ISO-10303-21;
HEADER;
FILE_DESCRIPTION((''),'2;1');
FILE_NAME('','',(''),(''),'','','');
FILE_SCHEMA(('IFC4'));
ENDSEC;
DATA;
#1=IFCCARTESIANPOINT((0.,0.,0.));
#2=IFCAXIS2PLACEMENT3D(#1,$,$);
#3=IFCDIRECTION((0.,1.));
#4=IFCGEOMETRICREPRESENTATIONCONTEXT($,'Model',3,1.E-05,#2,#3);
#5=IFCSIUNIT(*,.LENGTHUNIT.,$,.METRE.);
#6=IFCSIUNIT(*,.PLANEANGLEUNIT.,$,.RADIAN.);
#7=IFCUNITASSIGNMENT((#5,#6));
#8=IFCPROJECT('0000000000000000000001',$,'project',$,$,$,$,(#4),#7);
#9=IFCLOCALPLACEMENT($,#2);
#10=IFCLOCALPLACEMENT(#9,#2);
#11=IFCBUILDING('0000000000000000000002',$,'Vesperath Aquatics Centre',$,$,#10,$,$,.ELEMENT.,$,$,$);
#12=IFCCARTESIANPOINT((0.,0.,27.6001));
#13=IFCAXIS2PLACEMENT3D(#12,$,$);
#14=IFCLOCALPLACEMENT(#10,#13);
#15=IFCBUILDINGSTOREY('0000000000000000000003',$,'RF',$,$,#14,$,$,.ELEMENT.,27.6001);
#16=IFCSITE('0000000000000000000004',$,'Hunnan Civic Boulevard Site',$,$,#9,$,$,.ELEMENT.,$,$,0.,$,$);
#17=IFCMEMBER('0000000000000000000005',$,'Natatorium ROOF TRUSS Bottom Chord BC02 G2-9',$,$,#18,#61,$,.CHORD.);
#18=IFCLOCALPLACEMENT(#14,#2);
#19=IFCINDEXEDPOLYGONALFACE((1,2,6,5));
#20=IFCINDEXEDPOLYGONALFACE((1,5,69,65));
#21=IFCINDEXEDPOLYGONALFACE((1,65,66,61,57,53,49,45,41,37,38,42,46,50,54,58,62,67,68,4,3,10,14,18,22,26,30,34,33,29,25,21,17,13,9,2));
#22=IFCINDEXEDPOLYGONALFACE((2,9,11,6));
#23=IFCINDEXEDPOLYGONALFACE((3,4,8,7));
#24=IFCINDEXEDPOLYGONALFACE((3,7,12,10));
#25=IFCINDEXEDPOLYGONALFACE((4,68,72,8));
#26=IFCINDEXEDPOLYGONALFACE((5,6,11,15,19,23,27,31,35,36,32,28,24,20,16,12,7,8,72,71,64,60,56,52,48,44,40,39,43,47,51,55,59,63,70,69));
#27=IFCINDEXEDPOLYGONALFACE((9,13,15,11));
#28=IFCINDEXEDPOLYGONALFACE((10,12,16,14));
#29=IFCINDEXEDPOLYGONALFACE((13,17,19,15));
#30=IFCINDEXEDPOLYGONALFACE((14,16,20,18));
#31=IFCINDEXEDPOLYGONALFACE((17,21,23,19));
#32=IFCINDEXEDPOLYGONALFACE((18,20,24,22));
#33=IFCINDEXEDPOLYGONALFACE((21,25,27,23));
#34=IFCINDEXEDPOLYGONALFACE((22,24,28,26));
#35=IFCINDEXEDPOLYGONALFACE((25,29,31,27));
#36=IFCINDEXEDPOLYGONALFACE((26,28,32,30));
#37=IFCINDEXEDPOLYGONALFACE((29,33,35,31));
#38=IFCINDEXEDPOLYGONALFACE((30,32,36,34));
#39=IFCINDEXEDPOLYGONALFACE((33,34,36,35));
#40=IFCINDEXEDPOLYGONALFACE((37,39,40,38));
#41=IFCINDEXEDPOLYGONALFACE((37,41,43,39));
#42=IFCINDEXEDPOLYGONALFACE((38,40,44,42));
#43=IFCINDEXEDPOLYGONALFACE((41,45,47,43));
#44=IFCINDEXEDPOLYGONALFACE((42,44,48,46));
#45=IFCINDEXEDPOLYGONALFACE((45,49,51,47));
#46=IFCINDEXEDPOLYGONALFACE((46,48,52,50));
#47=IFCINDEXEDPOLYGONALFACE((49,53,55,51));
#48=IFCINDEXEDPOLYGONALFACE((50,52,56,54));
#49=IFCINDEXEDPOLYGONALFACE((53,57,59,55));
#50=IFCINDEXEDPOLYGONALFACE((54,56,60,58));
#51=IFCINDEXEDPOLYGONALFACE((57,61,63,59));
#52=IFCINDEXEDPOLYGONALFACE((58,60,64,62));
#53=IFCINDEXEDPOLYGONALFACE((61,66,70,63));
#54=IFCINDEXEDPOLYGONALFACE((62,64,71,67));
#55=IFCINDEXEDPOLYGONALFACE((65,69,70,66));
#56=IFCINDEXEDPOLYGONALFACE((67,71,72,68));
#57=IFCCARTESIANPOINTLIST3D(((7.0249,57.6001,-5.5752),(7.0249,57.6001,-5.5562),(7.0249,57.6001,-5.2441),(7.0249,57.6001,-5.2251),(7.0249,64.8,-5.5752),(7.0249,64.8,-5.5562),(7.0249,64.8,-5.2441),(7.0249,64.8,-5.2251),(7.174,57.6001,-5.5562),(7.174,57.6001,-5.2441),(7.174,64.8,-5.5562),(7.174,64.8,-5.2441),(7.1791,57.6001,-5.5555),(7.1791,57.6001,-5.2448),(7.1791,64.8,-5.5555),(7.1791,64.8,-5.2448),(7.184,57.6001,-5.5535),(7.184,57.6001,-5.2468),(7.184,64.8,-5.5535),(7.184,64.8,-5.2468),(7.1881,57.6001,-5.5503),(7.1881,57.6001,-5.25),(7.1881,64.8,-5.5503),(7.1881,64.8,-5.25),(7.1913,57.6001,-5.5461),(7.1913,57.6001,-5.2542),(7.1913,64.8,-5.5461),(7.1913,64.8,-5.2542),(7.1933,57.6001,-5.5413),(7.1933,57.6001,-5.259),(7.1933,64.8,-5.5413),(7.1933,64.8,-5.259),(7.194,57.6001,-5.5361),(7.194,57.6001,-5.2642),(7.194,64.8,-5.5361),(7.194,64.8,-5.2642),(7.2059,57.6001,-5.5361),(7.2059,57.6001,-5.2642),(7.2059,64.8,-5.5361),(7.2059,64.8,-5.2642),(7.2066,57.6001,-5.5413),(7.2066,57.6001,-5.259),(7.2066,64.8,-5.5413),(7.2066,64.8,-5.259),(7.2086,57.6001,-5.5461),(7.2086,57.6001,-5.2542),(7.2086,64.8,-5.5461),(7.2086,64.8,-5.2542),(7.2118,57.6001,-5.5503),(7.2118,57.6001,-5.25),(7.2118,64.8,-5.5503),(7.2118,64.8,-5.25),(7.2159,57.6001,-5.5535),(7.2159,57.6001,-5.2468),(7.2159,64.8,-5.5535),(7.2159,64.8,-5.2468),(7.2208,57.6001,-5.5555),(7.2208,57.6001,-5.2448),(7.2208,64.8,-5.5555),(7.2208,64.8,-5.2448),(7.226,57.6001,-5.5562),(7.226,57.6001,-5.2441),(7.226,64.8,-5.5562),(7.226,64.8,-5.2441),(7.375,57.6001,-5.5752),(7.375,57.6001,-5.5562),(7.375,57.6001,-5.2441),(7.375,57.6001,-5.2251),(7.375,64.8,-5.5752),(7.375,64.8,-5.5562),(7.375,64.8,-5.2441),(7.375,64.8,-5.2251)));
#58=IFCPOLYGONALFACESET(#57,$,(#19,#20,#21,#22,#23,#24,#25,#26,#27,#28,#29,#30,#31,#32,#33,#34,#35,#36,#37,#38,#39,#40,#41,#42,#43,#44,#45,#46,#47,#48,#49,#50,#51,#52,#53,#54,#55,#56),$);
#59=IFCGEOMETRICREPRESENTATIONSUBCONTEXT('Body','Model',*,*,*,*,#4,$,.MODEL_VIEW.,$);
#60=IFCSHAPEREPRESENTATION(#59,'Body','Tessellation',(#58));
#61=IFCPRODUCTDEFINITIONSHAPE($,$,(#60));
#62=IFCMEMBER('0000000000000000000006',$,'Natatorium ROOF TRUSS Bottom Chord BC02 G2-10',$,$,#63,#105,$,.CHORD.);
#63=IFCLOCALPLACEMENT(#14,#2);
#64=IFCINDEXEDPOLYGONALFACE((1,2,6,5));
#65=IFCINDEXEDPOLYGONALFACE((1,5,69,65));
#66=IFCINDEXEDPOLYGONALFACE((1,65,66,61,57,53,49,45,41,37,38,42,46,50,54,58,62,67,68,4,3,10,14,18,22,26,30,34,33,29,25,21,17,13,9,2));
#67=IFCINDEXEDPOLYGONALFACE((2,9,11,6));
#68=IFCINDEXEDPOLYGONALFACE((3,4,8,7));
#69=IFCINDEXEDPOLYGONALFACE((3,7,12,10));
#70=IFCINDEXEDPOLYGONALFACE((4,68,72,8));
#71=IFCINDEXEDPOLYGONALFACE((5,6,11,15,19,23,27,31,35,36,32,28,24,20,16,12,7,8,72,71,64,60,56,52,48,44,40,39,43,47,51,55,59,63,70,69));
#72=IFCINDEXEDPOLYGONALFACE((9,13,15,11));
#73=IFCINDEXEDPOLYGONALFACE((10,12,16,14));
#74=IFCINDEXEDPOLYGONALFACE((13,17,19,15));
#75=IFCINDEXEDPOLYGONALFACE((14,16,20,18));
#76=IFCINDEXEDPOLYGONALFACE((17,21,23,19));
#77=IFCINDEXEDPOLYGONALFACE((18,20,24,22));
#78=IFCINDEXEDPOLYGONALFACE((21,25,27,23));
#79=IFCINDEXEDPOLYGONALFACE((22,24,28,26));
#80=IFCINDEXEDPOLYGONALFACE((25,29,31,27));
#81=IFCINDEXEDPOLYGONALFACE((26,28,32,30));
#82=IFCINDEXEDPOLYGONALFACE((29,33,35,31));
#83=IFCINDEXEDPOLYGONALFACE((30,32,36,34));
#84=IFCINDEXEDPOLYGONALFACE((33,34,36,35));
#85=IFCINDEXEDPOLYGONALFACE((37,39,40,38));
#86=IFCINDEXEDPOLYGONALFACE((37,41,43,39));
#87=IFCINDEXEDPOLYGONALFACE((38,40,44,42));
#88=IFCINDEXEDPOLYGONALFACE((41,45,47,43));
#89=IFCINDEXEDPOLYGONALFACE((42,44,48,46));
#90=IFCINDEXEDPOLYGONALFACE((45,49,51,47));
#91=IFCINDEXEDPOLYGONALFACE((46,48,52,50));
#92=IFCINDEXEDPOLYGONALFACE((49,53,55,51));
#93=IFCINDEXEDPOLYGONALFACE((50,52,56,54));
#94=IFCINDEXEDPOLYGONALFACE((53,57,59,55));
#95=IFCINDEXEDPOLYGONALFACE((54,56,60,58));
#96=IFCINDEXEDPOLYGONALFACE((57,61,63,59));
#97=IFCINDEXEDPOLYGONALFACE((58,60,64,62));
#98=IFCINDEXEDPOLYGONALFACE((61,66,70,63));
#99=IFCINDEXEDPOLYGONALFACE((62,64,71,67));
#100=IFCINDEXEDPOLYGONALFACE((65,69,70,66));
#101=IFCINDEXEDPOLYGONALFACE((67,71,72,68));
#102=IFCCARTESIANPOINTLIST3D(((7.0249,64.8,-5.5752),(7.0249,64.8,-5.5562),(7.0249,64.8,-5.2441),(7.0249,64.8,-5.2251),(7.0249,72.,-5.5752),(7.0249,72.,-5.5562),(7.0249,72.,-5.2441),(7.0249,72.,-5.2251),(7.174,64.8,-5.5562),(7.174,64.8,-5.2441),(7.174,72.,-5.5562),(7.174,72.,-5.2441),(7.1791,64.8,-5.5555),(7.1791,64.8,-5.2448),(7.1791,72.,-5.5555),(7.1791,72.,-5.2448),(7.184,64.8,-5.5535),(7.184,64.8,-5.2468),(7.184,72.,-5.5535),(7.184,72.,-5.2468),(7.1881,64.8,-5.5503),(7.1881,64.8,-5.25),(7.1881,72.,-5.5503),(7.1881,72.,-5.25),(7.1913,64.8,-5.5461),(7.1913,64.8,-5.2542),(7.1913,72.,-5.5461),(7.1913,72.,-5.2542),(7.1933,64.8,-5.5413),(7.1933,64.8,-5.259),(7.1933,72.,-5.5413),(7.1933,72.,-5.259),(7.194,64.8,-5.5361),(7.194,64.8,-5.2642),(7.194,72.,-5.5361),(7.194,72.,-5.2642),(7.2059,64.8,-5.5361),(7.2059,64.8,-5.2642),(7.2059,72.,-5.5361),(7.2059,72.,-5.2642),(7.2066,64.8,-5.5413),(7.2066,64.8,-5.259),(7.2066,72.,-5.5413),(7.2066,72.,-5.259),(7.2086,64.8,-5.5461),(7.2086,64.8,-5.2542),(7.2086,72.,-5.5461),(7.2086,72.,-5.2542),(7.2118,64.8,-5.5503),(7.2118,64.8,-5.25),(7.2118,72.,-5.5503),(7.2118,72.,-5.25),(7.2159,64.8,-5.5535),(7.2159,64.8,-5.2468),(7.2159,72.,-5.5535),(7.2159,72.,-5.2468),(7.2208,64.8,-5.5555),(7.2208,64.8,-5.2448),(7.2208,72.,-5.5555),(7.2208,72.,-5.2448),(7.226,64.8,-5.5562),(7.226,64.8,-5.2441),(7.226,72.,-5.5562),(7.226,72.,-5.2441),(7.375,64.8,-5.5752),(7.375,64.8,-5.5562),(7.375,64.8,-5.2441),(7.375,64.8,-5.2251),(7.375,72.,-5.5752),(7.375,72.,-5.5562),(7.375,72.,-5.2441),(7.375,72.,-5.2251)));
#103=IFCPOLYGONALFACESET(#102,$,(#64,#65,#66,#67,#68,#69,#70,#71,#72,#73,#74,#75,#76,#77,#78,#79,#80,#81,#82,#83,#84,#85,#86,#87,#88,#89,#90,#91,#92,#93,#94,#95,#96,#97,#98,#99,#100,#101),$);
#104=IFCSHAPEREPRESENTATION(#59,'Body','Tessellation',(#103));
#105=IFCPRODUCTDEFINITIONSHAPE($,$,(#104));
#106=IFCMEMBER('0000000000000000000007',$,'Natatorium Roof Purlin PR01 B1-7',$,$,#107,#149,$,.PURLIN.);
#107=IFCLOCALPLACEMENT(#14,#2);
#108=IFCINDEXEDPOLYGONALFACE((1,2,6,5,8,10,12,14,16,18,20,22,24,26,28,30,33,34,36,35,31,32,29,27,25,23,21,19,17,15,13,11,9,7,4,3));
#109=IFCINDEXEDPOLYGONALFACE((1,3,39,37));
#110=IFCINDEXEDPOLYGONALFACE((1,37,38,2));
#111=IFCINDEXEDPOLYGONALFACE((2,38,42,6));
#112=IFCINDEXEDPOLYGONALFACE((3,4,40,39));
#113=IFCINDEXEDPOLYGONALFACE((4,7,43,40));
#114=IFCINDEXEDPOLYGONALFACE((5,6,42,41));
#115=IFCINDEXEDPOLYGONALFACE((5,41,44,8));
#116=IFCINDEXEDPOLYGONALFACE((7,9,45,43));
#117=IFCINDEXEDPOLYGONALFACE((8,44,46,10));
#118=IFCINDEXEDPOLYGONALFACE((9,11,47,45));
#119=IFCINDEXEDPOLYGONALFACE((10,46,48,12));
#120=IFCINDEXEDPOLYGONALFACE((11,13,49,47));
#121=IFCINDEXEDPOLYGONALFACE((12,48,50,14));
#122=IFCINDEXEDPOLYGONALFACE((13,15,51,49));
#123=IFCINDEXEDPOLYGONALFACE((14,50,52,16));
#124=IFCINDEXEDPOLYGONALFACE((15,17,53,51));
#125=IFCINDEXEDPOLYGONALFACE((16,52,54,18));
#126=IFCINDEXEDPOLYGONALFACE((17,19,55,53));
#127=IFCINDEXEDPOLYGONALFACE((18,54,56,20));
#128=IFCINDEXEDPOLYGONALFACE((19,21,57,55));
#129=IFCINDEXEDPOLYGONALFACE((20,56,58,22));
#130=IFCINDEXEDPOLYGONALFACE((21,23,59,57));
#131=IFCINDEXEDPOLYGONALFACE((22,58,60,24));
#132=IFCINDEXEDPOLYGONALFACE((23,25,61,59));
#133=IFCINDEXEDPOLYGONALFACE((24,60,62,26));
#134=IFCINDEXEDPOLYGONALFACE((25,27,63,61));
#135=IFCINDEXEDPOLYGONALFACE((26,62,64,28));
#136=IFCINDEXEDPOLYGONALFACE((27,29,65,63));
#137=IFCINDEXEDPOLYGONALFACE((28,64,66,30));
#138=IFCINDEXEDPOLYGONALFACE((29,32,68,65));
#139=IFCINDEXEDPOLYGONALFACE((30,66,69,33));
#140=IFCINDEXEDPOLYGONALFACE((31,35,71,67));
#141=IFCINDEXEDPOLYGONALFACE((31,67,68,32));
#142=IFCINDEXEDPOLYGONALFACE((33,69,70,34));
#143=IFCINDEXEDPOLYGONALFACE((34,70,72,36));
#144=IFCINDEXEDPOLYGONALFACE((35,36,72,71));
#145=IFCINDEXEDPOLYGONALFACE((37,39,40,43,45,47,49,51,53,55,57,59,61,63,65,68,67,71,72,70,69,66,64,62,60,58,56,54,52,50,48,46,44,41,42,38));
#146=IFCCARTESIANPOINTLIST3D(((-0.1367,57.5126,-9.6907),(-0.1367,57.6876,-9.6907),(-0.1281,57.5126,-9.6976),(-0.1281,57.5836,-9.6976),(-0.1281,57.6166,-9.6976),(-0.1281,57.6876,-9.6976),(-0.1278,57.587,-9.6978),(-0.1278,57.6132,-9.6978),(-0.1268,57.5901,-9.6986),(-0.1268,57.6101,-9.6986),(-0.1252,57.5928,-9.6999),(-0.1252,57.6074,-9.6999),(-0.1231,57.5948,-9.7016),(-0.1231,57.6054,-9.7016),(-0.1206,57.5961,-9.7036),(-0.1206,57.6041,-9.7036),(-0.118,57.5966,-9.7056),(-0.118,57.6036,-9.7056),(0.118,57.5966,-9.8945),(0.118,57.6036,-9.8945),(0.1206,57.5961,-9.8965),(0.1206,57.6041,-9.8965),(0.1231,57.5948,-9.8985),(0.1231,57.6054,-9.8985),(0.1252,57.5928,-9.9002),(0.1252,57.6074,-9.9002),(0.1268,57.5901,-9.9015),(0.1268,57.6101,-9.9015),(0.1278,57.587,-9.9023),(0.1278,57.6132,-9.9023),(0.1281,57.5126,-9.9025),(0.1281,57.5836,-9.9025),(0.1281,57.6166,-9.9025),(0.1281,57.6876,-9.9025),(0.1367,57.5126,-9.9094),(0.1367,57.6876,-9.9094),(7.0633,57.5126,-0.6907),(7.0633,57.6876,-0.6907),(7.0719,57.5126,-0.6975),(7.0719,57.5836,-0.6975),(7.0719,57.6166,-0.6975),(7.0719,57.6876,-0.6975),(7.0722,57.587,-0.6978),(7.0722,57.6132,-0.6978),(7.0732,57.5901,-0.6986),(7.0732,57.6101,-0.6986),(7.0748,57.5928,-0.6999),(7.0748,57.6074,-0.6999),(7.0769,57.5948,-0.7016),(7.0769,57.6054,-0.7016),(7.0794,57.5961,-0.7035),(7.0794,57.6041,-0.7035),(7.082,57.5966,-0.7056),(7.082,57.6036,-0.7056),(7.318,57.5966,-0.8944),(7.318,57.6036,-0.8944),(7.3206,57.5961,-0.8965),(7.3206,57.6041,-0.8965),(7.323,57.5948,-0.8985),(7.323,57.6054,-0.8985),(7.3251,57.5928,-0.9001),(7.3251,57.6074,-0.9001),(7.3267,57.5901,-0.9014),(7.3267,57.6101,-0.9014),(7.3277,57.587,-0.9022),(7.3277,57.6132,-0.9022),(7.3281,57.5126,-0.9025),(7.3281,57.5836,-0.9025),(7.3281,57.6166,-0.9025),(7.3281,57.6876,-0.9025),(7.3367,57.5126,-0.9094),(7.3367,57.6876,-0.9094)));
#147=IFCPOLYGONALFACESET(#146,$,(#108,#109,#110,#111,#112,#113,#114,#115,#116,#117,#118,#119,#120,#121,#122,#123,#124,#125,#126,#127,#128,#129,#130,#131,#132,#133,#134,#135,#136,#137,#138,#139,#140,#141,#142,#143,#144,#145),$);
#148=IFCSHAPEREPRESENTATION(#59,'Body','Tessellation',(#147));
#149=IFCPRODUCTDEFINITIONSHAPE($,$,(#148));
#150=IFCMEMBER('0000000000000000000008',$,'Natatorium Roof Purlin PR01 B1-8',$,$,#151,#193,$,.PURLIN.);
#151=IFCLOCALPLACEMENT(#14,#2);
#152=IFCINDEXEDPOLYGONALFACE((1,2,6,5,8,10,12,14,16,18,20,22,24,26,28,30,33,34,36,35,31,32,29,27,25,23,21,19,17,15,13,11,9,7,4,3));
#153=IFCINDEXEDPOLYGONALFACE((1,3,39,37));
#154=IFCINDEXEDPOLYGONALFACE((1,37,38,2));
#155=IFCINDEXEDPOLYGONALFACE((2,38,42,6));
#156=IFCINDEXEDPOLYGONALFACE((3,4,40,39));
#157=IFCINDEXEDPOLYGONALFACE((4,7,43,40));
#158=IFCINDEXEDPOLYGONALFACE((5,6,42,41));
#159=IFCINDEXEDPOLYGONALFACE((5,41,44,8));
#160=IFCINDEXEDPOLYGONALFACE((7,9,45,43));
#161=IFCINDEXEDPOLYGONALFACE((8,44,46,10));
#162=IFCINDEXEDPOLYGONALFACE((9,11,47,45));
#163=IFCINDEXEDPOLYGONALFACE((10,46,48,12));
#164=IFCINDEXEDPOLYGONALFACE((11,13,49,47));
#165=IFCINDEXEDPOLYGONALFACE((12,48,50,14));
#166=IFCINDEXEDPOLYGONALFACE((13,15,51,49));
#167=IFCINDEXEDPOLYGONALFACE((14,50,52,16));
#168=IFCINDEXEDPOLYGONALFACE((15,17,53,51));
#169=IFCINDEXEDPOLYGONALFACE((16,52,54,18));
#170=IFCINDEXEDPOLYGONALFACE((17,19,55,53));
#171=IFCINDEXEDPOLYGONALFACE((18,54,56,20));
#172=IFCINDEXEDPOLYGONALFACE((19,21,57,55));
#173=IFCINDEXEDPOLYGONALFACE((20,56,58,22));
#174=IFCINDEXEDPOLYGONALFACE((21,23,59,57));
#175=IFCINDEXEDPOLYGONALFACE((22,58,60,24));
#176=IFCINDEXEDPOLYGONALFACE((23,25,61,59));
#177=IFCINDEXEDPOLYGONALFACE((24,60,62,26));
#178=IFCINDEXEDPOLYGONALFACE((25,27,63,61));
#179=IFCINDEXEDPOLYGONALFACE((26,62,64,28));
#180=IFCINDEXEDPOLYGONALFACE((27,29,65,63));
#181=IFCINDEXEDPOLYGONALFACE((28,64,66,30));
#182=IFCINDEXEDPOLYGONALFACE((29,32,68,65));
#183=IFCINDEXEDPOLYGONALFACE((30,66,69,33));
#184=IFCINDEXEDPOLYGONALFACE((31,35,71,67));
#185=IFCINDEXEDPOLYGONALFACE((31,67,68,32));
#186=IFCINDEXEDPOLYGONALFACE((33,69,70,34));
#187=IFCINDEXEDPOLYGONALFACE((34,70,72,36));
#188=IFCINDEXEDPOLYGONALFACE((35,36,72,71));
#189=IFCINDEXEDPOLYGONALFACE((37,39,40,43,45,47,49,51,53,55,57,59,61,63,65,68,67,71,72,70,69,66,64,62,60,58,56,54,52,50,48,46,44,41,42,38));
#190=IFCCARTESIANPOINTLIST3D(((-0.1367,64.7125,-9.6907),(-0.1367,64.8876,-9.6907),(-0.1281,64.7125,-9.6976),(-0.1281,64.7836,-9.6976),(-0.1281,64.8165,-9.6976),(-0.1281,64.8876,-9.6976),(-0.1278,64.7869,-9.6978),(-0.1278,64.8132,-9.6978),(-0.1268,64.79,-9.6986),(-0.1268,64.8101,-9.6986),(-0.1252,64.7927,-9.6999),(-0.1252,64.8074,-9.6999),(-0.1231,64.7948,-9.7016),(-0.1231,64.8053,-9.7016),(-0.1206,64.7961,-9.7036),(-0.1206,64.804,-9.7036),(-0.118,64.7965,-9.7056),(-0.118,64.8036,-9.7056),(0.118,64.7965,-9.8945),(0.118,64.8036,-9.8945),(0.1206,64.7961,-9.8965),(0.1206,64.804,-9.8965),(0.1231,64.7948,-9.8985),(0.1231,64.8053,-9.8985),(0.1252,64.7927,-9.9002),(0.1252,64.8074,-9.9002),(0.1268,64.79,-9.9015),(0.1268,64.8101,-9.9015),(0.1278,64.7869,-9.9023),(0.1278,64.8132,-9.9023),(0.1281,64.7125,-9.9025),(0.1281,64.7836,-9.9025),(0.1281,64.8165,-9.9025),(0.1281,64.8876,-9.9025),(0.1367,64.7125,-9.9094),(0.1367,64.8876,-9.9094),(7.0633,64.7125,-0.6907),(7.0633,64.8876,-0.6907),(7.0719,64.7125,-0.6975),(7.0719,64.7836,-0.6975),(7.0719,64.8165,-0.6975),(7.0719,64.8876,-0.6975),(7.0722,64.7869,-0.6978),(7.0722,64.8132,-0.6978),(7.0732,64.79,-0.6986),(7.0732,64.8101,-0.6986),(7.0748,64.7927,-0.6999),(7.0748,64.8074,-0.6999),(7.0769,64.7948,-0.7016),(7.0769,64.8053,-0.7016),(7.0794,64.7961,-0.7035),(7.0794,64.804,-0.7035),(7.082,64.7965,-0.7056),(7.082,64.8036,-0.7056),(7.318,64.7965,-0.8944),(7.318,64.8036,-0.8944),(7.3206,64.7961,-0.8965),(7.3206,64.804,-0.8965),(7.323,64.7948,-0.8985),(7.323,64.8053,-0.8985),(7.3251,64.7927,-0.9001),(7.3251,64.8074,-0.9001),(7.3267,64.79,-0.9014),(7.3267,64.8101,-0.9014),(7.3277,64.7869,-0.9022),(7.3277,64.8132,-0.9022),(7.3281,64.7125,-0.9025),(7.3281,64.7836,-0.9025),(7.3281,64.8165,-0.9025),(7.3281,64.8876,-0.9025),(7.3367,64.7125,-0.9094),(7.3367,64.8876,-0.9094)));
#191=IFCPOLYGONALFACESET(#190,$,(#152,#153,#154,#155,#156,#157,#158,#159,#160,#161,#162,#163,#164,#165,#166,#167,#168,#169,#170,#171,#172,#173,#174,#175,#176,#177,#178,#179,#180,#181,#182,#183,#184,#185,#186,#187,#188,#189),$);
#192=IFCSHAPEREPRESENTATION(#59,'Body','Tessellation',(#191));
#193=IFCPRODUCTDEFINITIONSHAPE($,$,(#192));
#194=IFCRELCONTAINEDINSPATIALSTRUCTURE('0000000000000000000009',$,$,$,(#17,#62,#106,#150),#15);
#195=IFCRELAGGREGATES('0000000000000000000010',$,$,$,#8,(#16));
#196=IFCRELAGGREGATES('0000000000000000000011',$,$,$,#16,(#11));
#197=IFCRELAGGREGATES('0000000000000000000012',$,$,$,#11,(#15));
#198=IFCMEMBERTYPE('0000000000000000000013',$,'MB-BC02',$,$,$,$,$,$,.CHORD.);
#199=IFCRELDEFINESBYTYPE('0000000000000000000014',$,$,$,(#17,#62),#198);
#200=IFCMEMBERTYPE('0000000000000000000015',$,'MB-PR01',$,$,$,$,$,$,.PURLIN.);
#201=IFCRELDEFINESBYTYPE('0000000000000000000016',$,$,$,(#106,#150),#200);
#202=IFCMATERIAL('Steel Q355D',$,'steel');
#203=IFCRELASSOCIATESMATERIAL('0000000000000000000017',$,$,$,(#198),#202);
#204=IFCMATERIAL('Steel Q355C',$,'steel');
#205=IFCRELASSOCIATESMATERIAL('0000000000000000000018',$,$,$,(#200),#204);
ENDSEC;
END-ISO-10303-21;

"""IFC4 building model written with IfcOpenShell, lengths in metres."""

from ifc_helpers import new_model, si_unit, direction, frame, origin, origin_2d, place, context, subcontext, project, spatial, i_section, extrude, material, material_profile, profile_set, type_object, element, save


model = new_model("IFC4")

# Units and contexts
model_context = context("Model", 3, precision=1e-05, world=origin(), true_north=direction((0.0, 1.0)))
body_context = subcontext(model_context, "Body", "Model", "MODEL_VIEW")
ifc_project = project(units=[si_unit("LENGTHUNIT", "METRE"), si_unit("PLANEANGLEUNIT", "RADIAN")], contexts=[model_context])

# Site, building, storey
site_placement = place(None, origin())
site = spatial("IfcSite", under=ifc_project, at=site_placement, Name="Hunnan Civic Boulevard Site", CompositionType="ELEMENT", RefElevation=0.0)
building_placement = place(site_placement, origin())
building = spatial("IfcBuilding", under=site, at=building_placement, Name="Vesperath Aquatics Centre", CompositionType="ELEMENT")
storey_placement = place(building_placement, frame((0.0, 0.0, 27.6001)))
storey = spatial("IfcBuildingStorey", under=building, at=storey_placement, Name="RF", CompositionType="ELEMENT", Elevation=27.6001)

# Shared definitions
ifc_material_1 = material(Name="Steel Q355C", Category="steel")

# Members
ifc_material_2 = material(Name="Steel Q355D", Category="steel")
ifc_material_profile_1 = material_profile(ifc_material_2, i_section(OverallWidth=0.3501, OverallDepth=0.3501, WebThickness=0.012, FlangeThickness=0.019, FilletRadius=0.02, at=origin_2d()), Name="HW 350x350x12x19")
ifc_profile_set_1 = profile_set([ifc_material_profile_1], Name="Steel Q355D")
member_type_1 = type_object("IfcMemberType", Name="MB-BC02", PredefinedType="CHORD", material=ifc_profile_set_1)
for number, where, z_axis, x_axis, name in (
    (1, (7.2, 57.6001, -5.4001), (0.0, 1.0, 0.0), (-1.0, 0.0, 0.0), "Natatorium ROOF TRUSS Bottom Chord BC02 G2-9"),
    (2, (7.2, 64.8, -5.4001), (0.0, 1.0, 0.0), (-1.0, 0.0, 0.0), "Natatorium ROOF TRUSS Bottom Chord BC02 G2-10"),
):
    element("IfcMember", number, at=place(storey_placement, frame(where, z_axis=z_axis, x_axis=x_axis)), inside=storey, type_object=member_type_1, Name=name, PredefinedType="CHORD", context=body_context, shape_type="SweptSolid", body=[
        extrude(i_section(OverallWidth=0.3501, OverallDepth=0.3501, WebThickness=0.012, FlangeThickness=0.019, FilletRadius=0.02, at=origin_2d()), origin(), (0.0, 0.0, 1.0), 7.2),
    ])
ifc_material_profile_2 = material_profile(ifc_material_1, i_section(OverallWidth=0.175, OverallDepth=0.3501, WebThickness=0.0071, FlangeThickness=0.011, FilletRadius=0.0129, at=origin_2d()), Name="HN 350x175x7x11")
ifc_profile_set_2 = profile_set([ifc_material_profile_2], Name="Steel Q355C")
member_type_2 = type_object("IfcMemberType", Name="MB-PR01", PredefinedType="PURLIN", material=ifc_profile_set_2)
for number, where, z_axis, x_axis, name in (
    (3, (0.0, 57.6001, -9.8), (0.624692, 0.0, 0.780871), (0.0, 1.0, 0.0), "Natatorium Roof Purlin PR01 B1-7"),
    (4, (0.0, 64.8, -9.8), (0.624692, 0.0, 0.780871), (0.0, 1.0, 0.0), "Natatorium Roof Purlin PR01 B1-8"),
):
    element("IfcMember", number, at=place(storey_placement, frame(where, z_axis=z_axis, x_axis=x_axis)), inside=storey, type_object=member_type_2, Name=name, PredefinedType="PURLIN", context=body_context, shape_type="SweptSolid", body=[
        extrude(i_section(OverallWidth=0.175, OverallDepth=0.3501, WebThickness=0.0071, FlangeThickness=0.011, FilletRadius=0.0129, at=origin_2d()), origin(), (0.0, 0.0, 1.0), 11.5256),
    ])

save(model, "model.ifc")
